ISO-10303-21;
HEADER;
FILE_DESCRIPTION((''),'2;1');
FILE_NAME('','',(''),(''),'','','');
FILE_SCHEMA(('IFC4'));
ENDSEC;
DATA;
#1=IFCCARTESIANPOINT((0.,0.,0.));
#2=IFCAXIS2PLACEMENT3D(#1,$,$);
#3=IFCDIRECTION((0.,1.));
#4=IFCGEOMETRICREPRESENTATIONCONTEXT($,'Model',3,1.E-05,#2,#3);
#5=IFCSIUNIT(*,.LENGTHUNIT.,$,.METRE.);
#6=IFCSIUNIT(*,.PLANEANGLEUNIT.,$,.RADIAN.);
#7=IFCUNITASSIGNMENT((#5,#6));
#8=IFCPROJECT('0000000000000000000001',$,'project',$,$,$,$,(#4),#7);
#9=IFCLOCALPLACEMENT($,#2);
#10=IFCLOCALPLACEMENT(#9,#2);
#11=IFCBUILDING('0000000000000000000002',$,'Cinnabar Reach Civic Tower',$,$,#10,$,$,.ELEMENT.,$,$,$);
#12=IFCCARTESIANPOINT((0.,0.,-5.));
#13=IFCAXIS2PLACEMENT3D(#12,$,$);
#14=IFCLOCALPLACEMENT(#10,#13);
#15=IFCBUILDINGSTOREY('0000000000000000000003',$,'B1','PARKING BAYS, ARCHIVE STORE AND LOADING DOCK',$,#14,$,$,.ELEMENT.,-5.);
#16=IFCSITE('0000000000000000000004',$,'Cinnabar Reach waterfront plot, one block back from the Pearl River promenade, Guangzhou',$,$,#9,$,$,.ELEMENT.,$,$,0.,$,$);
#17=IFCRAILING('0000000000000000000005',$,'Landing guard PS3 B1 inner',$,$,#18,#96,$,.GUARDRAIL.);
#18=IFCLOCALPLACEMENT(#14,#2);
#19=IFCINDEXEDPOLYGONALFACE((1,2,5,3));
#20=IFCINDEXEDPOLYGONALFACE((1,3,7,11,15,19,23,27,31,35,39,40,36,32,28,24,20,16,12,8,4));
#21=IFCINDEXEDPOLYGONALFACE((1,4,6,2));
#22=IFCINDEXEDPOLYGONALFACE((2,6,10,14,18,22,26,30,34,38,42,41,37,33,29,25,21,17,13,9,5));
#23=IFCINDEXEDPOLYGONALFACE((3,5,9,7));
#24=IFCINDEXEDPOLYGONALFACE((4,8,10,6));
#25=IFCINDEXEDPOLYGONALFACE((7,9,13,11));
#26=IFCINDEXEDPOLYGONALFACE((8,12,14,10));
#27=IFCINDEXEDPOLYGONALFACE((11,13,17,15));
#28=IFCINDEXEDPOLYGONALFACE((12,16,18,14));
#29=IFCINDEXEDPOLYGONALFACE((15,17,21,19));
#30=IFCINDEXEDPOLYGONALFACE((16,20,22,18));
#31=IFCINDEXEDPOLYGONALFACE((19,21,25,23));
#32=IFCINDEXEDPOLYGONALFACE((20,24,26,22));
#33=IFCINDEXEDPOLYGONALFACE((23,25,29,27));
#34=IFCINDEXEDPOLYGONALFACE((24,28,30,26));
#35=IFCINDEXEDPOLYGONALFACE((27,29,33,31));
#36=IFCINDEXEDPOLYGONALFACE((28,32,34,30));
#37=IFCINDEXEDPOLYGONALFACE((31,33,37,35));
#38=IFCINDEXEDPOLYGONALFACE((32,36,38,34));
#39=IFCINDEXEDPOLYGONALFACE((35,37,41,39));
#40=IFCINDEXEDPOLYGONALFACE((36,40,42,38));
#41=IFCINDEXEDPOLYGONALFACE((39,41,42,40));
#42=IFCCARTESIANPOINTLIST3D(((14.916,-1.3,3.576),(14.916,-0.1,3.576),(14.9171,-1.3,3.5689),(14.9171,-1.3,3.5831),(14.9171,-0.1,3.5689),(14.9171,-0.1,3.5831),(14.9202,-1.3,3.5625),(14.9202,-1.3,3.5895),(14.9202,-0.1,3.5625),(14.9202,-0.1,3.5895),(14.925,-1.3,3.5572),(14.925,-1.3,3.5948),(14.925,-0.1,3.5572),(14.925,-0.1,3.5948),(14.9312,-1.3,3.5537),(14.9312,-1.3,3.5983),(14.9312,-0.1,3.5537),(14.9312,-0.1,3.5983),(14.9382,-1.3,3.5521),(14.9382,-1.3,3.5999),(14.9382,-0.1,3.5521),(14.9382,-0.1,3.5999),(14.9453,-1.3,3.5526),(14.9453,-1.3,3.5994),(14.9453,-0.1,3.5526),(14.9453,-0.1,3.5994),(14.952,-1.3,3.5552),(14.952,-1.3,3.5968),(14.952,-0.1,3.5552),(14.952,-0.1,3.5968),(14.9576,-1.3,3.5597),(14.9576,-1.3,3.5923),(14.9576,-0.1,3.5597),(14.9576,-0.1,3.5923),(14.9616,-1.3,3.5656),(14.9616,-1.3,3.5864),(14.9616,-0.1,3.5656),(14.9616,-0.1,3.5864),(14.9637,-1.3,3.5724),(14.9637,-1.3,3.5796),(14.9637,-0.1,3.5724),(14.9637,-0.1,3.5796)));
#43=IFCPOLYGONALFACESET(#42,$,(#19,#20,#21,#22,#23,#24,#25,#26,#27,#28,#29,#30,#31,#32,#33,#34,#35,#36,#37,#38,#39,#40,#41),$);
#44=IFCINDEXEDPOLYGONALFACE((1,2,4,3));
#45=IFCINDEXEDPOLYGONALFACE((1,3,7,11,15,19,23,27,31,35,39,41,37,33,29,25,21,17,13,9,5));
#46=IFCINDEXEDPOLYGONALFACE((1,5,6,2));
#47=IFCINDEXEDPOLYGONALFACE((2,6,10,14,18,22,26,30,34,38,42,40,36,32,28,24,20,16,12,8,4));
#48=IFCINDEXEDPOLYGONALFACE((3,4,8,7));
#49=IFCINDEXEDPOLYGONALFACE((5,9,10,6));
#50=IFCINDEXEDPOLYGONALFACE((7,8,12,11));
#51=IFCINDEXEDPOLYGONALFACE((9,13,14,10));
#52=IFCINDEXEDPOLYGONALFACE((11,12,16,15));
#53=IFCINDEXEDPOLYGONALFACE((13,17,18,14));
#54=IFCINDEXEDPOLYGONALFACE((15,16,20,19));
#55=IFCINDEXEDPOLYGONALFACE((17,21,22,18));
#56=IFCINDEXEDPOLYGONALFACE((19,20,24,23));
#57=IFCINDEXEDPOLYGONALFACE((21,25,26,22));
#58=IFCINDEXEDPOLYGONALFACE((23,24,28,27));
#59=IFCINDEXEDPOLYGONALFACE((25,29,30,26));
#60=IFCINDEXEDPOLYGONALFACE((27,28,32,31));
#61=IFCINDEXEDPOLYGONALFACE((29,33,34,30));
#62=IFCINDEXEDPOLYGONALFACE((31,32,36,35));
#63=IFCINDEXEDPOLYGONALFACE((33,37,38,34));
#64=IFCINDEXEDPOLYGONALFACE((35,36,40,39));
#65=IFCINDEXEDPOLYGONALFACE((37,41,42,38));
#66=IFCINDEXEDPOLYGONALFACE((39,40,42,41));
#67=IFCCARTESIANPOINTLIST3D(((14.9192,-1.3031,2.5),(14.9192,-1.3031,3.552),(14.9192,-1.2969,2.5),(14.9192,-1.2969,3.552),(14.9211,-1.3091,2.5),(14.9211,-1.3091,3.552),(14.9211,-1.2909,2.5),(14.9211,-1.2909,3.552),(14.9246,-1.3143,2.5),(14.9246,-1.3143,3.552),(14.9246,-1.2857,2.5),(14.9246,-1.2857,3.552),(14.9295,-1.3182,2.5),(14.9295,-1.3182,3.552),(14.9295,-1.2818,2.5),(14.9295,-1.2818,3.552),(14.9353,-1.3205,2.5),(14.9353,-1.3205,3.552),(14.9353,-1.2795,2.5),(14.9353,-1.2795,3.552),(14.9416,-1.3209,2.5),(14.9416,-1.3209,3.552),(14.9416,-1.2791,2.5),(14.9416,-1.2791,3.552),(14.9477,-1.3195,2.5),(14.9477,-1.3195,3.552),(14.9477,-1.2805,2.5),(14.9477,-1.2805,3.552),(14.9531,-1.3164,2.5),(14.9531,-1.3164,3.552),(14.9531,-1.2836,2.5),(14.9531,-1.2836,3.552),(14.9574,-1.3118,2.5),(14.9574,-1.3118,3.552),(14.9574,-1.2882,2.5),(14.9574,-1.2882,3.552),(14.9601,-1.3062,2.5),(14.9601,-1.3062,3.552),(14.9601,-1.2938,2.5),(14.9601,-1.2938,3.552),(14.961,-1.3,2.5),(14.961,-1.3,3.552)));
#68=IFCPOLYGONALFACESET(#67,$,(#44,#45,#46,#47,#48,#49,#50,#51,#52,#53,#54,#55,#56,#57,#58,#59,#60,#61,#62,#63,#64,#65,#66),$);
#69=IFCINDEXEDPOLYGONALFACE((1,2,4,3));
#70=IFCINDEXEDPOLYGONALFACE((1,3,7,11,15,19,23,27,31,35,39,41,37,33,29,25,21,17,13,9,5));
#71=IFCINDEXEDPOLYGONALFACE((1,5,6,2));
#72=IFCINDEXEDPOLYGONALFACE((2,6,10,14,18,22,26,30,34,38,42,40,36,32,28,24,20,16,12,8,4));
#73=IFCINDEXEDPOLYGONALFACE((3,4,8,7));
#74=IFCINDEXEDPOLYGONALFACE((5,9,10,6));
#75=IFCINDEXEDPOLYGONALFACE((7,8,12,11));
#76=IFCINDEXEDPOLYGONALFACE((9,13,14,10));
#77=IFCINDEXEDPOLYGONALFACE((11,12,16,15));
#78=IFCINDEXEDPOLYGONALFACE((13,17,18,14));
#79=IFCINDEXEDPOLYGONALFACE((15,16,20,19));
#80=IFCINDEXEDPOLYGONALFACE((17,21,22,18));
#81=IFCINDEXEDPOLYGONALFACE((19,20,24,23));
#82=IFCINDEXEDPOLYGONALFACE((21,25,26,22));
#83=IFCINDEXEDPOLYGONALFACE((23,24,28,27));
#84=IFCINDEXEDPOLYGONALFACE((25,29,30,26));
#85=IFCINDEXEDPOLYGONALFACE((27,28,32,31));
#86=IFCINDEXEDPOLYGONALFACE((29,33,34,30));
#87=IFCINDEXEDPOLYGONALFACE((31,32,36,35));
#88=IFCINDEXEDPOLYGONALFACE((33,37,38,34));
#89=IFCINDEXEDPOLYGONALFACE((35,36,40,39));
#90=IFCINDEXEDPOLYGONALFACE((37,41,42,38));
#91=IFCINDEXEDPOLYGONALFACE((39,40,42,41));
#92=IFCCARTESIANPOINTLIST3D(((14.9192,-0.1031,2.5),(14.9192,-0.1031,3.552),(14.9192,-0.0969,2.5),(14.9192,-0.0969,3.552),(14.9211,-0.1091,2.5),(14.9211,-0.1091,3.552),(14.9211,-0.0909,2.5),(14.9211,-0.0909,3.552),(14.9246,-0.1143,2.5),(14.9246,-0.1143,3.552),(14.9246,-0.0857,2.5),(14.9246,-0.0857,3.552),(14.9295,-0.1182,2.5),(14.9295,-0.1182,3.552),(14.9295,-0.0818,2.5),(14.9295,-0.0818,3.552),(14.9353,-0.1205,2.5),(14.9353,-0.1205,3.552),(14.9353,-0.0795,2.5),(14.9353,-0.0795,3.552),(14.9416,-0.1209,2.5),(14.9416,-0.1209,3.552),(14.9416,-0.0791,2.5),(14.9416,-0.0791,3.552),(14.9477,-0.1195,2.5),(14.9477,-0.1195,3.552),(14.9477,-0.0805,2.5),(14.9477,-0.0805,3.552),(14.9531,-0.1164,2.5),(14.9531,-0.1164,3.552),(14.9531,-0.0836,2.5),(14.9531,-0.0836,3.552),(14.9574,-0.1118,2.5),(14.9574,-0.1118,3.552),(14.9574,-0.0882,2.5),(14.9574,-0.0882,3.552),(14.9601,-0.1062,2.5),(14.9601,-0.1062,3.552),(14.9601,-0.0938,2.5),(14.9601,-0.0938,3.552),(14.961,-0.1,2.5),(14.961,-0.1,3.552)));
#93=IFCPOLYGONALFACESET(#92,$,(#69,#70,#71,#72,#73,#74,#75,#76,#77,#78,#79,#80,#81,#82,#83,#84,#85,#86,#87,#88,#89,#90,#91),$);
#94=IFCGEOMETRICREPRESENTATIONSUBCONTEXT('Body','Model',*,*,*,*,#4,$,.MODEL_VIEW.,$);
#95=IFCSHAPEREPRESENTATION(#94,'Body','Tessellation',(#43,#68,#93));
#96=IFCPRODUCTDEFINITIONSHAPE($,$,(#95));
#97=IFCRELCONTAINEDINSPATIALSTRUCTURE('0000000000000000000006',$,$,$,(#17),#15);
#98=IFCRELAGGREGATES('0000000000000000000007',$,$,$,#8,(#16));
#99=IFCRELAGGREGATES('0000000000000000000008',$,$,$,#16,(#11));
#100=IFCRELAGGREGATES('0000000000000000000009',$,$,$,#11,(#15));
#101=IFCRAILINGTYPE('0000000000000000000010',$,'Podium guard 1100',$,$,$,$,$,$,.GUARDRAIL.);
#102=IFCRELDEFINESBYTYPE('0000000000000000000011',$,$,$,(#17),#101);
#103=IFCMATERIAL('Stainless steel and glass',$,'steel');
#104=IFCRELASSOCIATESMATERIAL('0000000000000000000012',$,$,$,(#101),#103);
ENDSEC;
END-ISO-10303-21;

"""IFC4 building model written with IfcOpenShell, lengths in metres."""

from ifc_helpers import new_model, si_unit, direction, frame, origin, origin_2d, place, context, subcontext, project, spatial, circle, extrude, material, type_object, element, save


model = new_model("IFC4")

# Units and contexts
model_context = context("Model", 3, precision=1e-05, world=origin(), true_north=direction((0.0, 1.0)))
body_context = subcontext(model_context, "Body", "Model", "MODEL_VIEW")
ifc_project = project(units=[si_unit("LENGTHUNIT", "METRE"), si_unit("PLANEANGLEUNIT", "RADIAN")], contexts=[model_context])

# Site, building, storey
site_placement = place(None, origin())
site = spatial("IfcSite", under=ifc_project, at=site_placement, Name="Cinnabar Reach waterfront plot, one block back from the Pearl River promenade, Guangzhou", CompositionType="ELEMENT", RefElevation=0.0)
building_placement = place(site_placement, origin())
building = spatial("IfcBuilding", under=site, at=building_placement, Name="Cinnabar Reach Civic Tower", CompositionType="ELEMENT")
storey_placement = place(building_placement, frame((0.0, 0.0, -5.0)))
storey = spatial("IfcBuildingStorey", under=building, at=storey_placement, Name="B1", Description="PARKING BAYS, ARCHIVE STORE AND LOADING DOCK", CompositionType="ELEMENT", Elevation=-5.0)

# Railing
ifc_material_1 = material(Name="Stainless steel and glass", Category="steel")
railing_type = type_object("IfcRailingType", Name="Podium guard 1100", PredefinedType="GUARDRAIL", material=ifc_material_1)
railing_1_placement = place(storey_placement, frame((14.94, -1.3, 2.5)))
element("IfcRailing", 1, at=railing_1_placement, inside=storey, type_object=railing_type, Name="Landing guard PS3 B1 inner", PredefinedType="GUARDRAIL", context=body_context, shape_type="SweptSolid", body=[
    extrude(circle(Radius=0.024, at=origin_2d()), frame((0.0, 0.0, 1.076), z_axis=(0.0, 1.0, 0.0), x_axis=(-1.0, 0.0, 0.0)), (0.0, 0.0, 1.0), 1.2),
    extrude(circle(Radius=0.021, at=origin_2d()), origin(), (0.0, 0.0, 1.0), 1.052),
    extrude(circle(Radius=0.021, at=origin_2d()), frame((0.0, 1.2, 0.0)), (0.0, 0.0, 1.0), 1.052),
])

save(model, "model.ifc")
